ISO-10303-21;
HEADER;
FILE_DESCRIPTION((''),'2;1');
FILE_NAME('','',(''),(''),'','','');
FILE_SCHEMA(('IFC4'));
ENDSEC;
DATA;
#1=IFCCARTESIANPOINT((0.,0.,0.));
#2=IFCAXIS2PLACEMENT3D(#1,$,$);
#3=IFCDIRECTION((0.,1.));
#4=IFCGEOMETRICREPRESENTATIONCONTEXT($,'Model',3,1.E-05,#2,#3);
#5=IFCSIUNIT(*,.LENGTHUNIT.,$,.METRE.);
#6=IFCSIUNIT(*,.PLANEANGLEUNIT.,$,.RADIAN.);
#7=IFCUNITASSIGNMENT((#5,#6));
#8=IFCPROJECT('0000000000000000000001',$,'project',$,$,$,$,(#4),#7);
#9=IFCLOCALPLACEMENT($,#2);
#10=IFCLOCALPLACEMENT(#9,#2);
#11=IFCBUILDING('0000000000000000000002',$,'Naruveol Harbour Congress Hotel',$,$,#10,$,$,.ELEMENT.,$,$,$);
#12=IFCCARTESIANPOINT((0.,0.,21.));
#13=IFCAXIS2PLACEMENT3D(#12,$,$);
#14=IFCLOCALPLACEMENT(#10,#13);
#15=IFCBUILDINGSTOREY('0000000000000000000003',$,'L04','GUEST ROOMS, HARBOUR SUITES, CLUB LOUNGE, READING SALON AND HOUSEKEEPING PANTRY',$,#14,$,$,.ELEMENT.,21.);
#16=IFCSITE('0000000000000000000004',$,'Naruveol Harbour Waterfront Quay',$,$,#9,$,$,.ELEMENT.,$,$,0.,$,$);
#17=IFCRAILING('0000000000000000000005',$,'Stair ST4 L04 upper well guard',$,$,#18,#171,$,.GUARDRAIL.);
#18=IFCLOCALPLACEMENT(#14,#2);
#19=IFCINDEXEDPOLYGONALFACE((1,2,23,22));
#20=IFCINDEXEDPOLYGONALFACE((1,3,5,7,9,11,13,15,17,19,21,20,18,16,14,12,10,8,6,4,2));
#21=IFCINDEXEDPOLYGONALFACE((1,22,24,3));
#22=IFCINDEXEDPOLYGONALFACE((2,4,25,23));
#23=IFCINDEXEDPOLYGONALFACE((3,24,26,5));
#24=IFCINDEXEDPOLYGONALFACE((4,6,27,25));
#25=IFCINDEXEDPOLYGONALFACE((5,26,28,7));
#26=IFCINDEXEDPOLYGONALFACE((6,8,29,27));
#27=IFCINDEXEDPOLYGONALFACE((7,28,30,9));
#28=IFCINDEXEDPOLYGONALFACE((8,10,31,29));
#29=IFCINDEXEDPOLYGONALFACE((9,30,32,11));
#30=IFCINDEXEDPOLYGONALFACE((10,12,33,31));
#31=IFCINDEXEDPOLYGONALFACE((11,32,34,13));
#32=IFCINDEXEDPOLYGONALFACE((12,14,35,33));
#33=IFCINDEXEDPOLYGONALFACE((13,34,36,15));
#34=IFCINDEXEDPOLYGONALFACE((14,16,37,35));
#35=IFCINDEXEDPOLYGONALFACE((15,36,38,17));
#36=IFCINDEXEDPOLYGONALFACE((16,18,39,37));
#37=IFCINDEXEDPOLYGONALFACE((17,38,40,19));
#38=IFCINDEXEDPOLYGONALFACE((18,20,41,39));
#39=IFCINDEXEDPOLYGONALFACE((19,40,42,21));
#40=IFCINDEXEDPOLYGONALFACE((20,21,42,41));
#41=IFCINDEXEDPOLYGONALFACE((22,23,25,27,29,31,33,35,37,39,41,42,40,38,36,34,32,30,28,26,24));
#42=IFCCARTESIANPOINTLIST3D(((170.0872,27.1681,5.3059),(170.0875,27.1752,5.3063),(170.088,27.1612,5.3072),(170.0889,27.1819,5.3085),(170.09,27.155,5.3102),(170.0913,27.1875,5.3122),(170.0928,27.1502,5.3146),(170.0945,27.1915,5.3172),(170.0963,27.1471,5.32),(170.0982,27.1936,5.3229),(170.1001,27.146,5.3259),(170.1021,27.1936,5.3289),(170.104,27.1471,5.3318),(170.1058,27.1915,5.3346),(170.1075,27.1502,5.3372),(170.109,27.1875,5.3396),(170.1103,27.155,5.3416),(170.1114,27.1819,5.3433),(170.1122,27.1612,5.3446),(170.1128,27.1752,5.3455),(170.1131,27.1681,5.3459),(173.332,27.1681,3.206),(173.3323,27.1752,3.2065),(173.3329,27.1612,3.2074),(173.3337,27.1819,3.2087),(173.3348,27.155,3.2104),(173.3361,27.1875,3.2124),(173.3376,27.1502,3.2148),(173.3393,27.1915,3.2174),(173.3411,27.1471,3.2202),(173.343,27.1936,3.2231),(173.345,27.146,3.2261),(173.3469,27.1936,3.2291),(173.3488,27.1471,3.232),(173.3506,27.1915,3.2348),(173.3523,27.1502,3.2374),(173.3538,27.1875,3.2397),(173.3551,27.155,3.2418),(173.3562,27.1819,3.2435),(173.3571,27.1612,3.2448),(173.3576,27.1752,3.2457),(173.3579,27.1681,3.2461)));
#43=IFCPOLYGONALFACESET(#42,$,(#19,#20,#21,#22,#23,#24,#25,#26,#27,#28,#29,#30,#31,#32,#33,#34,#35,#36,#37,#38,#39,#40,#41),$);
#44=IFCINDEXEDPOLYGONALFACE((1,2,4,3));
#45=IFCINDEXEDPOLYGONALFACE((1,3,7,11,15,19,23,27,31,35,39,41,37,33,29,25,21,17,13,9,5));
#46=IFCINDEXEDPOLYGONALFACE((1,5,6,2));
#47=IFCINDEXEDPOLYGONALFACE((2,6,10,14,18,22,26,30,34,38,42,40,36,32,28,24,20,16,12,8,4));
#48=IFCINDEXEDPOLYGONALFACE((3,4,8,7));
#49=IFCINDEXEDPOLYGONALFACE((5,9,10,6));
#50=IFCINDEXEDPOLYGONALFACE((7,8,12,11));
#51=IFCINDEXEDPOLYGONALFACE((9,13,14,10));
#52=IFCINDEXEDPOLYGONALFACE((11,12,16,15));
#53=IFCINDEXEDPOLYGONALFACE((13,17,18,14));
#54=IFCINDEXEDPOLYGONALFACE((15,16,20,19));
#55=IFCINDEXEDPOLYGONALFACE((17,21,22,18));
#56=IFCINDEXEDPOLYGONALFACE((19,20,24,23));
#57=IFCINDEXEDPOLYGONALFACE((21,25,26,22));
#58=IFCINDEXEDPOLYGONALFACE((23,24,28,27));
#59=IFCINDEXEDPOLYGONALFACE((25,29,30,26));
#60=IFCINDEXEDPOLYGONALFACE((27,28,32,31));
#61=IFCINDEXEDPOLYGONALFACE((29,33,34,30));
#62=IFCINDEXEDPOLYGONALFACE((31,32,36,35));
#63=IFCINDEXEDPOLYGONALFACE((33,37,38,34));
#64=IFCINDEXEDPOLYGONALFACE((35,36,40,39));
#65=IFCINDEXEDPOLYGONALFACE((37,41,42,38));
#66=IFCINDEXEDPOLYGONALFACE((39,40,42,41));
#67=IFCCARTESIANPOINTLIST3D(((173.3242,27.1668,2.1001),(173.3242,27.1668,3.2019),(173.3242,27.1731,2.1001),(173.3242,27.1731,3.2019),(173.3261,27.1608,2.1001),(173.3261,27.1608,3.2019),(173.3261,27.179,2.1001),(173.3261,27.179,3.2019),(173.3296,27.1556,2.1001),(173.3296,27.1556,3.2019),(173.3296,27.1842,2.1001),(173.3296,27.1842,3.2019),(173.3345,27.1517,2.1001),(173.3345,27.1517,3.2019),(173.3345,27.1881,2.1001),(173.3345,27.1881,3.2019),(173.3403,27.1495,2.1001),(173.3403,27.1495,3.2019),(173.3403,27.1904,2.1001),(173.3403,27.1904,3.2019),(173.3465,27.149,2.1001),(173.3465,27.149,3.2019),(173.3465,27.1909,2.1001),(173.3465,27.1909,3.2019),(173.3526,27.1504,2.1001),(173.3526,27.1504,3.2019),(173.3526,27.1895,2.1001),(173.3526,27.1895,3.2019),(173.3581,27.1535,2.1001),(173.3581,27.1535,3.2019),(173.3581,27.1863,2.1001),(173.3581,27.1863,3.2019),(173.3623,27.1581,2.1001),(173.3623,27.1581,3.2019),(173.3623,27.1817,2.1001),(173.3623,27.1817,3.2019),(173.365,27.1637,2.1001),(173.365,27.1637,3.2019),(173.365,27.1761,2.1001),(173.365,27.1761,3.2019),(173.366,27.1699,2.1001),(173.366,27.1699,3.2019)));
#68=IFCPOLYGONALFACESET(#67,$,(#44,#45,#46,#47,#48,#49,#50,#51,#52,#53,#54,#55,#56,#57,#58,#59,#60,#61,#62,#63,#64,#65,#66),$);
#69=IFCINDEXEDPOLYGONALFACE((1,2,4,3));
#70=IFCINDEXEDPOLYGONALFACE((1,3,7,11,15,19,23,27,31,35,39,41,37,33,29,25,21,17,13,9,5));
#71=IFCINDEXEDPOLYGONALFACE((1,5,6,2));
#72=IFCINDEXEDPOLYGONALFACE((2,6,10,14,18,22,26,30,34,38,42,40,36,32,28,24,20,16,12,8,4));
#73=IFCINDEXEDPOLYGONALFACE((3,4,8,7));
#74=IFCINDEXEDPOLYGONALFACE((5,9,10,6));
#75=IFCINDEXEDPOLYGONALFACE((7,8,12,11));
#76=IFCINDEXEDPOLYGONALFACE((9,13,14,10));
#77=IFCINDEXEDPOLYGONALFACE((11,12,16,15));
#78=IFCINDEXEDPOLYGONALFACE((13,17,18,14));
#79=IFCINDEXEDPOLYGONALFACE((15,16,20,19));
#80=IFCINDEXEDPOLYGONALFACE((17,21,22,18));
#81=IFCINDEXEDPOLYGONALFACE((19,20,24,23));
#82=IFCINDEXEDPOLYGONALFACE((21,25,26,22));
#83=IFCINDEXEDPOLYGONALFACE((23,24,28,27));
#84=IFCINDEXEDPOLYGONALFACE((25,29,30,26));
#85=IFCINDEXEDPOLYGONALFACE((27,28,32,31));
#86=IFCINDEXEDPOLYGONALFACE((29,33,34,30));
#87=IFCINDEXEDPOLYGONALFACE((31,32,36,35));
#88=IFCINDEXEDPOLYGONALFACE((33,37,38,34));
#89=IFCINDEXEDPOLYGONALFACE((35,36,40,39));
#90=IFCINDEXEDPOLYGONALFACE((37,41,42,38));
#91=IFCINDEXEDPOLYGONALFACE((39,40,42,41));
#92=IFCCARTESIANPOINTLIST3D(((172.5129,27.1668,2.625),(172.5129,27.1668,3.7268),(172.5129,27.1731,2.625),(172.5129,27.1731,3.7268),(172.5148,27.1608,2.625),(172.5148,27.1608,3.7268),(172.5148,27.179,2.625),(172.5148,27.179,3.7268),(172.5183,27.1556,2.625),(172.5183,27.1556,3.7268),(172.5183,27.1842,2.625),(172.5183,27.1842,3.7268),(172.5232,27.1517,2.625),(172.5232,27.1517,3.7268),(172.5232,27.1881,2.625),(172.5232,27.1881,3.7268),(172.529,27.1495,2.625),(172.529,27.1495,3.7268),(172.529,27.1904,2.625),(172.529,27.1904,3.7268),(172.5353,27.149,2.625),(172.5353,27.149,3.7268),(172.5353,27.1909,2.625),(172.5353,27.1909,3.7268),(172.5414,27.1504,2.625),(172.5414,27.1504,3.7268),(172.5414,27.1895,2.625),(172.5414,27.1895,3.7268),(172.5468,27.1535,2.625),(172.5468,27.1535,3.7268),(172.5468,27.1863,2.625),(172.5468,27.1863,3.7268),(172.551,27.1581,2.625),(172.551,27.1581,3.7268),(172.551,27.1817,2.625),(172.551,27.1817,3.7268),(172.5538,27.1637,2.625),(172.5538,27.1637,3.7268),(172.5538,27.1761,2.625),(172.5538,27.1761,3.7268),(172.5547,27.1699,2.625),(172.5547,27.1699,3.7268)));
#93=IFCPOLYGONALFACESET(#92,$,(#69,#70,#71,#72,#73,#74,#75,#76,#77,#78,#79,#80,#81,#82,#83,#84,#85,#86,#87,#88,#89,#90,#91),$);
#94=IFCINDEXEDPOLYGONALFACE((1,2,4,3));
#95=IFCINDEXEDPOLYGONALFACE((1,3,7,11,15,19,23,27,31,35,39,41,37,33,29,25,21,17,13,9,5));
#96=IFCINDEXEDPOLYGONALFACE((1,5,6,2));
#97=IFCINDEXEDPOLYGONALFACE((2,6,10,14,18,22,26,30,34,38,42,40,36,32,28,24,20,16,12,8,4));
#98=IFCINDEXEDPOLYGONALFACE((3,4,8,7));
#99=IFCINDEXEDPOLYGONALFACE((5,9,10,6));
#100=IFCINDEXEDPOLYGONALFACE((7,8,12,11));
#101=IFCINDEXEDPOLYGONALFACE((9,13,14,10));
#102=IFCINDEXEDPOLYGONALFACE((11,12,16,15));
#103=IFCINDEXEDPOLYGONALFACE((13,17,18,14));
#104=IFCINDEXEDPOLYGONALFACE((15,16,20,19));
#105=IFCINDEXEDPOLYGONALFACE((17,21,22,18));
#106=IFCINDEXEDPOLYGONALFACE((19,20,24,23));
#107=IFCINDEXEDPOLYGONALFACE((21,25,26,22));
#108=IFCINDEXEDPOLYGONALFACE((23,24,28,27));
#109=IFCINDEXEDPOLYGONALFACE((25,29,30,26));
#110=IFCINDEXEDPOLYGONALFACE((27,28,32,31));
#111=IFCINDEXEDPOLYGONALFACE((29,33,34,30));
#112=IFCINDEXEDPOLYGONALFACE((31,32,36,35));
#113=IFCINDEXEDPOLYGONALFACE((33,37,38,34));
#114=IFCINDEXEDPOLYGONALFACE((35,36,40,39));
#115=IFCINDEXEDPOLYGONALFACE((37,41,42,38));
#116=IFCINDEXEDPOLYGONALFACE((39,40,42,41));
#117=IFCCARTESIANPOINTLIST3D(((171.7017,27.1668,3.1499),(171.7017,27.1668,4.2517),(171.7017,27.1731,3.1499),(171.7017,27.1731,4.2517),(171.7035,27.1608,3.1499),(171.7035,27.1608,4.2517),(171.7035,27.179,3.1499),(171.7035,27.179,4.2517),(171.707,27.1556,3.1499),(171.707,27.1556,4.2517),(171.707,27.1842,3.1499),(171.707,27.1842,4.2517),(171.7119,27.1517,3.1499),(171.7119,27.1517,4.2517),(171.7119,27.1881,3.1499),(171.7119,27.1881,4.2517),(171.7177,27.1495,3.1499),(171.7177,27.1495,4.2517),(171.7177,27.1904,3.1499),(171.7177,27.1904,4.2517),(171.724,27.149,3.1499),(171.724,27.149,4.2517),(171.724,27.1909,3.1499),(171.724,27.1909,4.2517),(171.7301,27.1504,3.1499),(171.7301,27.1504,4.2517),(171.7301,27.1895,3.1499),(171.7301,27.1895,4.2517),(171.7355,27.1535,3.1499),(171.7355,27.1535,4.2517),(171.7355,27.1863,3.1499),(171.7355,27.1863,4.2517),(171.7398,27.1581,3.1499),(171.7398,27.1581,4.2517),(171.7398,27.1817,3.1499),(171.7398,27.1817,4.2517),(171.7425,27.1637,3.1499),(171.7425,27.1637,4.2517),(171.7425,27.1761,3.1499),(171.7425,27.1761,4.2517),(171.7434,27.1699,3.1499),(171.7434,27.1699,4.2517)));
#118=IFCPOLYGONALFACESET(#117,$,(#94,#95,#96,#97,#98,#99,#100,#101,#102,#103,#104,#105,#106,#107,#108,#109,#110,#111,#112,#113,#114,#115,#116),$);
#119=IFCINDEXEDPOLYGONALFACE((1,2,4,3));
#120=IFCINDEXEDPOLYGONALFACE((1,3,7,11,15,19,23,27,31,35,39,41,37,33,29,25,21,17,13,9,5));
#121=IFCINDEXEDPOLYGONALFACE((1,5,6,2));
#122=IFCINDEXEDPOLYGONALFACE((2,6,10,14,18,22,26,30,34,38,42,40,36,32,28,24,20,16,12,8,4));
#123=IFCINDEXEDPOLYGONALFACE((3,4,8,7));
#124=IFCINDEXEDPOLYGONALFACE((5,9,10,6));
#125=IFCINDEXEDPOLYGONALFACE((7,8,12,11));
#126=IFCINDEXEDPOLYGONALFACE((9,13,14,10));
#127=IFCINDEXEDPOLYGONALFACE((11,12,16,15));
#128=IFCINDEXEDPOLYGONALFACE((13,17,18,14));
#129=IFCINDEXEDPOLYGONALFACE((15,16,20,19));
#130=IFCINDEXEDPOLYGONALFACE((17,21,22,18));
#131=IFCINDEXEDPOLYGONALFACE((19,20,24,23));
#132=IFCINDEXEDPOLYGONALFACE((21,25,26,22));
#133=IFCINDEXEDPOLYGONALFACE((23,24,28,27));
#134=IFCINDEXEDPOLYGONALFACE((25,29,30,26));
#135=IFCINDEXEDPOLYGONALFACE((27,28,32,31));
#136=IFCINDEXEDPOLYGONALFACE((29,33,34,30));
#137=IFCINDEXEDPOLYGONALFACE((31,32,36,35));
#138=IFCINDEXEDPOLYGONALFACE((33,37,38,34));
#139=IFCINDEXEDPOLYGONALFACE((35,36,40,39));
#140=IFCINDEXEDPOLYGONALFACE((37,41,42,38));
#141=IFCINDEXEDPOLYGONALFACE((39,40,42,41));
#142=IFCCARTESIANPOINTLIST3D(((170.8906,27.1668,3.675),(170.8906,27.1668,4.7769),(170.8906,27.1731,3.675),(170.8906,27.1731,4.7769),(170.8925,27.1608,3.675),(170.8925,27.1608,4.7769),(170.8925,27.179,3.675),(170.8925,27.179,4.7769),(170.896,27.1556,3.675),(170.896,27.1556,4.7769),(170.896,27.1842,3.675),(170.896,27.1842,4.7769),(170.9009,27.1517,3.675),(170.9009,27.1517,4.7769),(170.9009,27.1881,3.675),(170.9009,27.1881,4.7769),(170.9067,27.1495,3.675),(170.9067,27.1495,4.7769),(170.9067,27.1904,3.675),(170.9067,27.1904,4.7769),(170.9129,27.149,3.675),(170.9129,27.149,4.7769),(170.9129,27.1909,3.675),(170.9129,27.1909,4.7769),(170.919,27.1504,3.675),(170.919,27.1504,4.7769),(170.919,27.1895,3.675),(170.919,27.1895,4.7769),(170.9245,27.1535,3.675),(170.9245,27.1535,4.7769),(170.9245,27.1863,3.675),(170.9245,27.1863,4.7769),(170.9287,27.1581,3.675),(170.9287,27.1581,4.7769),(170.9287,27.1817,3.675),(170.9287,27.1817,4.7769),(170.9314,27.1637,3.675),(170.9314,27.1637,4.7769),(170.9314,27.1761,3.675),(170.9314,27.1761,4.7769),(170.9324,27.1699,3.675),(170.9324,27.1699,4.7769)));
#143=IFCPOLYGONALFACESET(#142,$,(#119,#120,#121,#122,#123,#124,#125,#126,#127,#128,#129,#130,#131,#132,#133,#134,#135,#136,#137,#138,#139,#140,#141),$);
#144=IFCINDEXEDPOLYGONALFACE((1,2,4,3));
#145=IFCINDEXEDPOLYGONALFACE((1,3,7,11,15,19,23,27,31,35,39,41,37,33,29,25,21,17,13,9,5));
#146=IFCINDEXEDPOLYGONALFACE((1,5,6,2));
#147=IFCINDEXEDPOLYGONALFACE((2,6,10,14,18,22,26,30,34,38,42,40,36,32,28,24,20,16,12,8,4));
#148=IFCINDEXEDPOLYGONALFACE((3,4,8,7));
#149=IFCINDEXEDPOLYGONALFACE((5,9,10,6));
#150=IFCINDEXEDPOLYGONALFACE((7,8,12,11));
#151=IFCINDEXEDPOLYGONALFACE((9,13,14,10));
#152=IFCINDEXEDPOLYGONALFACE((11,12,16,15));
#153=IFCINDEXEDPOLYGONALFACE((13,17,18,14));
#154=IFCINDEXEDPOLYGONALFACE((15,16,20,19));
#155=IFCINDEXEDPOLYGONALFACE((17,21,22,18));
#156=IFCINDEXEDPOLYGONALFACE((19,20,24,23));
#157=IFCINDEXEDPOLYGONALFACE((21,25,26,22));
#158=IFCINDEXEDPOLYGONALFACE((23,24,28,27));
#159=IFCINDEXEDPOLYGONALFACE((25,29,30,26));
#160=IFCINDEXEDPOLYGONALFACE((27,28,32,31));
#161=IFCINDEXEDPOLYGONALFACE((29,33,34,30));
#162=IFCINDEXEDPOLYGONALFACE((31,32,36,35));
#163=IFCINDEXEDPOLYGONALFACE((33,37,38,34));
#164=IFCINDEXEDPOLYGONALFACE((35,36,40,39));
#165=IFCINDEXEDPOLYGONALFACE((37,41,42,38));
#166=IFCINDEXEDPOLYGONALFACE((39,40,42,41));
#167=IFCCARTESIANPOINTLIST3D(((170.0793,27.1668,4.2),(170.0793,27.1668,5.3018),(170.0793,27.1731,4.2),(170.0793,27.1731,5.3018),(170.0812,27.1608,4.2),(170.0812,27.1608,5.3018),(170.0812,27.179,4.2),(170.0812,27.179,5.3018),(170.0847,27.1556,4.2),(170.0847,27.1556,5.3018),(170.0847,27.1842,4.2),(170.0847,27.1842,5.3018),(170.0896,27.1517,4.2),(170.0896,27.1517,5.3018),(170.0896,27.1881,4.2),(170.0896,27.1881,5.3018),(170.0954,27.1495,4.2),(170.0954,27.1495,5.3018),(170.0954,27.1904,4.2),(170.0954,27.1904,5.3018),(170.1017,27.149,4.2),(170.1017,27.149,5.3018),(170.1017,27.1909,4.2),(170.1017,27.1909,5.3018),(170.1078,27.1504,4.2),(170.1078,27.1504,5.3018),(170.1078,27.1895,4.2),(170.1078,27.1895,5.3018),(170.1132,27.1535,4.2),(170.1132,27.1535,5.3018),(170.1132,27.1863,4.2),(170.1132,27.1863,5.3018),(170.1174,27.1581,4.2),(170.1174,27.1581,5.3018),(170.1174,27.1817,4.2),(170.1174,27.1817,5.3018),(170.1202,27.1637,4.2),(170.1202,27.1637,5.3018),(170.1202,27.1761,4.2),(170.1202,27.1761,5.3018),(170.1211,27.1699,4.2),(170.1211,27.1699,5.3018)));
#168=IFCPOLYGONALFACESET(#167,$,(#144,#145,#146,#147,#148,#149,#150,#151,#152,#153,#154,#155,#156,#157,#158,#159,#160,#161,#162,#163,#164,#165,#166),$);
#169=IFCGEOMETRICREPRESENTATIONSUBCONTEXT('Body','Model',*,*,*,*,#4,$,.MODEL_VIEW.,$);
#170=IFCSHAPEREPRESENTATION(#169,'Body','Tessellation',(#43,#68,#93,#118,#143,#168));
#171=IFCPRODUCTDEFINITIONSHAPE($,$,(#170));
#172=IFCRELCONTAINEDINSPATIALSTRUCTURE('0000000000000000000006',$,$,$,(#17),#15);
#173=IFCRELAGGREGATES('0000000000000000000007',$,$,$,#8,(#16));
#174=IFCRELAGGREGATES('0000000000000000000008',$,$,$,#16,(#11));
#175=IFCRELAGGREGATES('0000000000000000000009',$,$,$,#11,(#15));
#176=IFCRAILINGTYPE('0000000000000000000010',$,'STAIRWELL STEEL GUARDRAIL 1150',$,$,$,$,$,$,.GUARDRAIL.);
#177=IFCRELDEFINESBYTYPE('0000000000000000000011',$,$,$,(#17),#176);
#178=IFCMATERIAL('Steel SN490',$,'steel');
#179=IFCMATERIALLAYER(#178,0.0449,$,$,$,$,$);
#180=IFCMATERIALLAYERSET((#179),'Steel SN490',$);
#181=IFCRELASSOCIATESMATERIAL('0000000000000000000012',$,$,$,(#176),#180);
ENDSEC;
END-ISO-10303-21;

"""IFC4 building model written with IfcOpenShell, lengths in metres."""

from ifc_helpers import new_model, si_unit, direction, frame, origin, origin_2d, place, context, subcontext, project, spatial, circle, extrude, material, layer, layer_set, type_object, element, save


model = new_model("IFC4")

# Units and contexts
model_context = context("Model", 3, precision=1e-05, world=origin(), true_north=direction((0.0, 1.0)))
body_context = subcontext(model_context, "Body", "Model", "MODEL_VIEW")
ifc_project = project(units=[si_unit("LENGTHUNIT", "METRE"), si_unit("PLANEANGLEUNIT", "RADIAN")], contexts=[model_context])

# Site, building, storey
site_placement = place(None, origin())
site = spatial("IfcSite", under=ifc_project, at=site_placement, Name="Naruveol Harbour Waterfront Quay", CompositionType="ELEMENT", RefElevation=0.0)
building_placement = place(site_placement, origin())
building = spatial("IfcBuilding", under=site, at=building_placement, Name="Naruveol Harbour Congress Hotel", CompositionType="ELEMENT")
storey_placement = place(building_placement, frame((0.0, 0.0, 21.0)))
storey = spatial("IfcBuildingStorey", under=building, at=storey_placement, Name="L04", Description="GUEST ROOMS, HARBOUR SUITES, CLUB LOUNGE, READING SALON AND HOUSEKEEPING PANTRY", CompositionType="ELEMENT", Elevation=21.0)

# Railing
ifc_material_1 = material(Name="Steel SN490", Category="steel")
ifc_layer_1 = layer(ifc_material_1, 0.0449)
ifc_layer_set_1 = layer_set([ifc_layer_1], Name="Steel SN490")
railing_type_1 = type_object("IfcRailingType", Name="STAIRWELL STEEL GUARDRAIL 1150", PredefinedType="GUARDRAIL", material=ifc_layer_set_1)
railing_1_placement = place(storey_placement, frame((173.345, 27.1699, 2.1001)))
element("IfcRailing", 1, at=railing_1_placement, inside=storey, type_object=railing_type_1, Name="Stair ST4 L04 upper well guard", PredefinedType="GUARDRAIL", context=body_context, shape_type="SweptSolid", body=[
    extrude(circle(Radius=0.0239, at=origin_2d()), frame((0.0, 0.0, 1.126), z_axis=(-0.839543, 0.0, 0.543293), x_axis=(0.0, -1.0, 0.0)), (0.0, 0.0, 1.0), 3.865),
    extrude(circle(Radius=0.021, at=origin_2d()), origin(), (0.0, 0.0, 1.0), 1.1018),
    extrude(circle(Radius=0.021, at=origin_2d()), frame((-0.8113, 0.0, 0.5249)), (0.0, 0.0, 1.0), 1.1018),
    extrude(circle(Radius=0.021, at=origin_2d()), frame((-1.6226, 0.0, 1.0498)), (0.0, 0.0, 1.0), 1.1018),
    extrude(circle(Radius=0.021, at=origin_2d()), frame((-2.4336, 0.0, 1.575)), (0.0, 0.0, 1.0), 1.1018),
    extrude(circle(Radius=0.021, at=origin_2d()), frame((-3.2449, 0.0, 2.0999)), (0.0, 0.0, 1.0), 1.1018),
])

save(model, "model.ifc")
